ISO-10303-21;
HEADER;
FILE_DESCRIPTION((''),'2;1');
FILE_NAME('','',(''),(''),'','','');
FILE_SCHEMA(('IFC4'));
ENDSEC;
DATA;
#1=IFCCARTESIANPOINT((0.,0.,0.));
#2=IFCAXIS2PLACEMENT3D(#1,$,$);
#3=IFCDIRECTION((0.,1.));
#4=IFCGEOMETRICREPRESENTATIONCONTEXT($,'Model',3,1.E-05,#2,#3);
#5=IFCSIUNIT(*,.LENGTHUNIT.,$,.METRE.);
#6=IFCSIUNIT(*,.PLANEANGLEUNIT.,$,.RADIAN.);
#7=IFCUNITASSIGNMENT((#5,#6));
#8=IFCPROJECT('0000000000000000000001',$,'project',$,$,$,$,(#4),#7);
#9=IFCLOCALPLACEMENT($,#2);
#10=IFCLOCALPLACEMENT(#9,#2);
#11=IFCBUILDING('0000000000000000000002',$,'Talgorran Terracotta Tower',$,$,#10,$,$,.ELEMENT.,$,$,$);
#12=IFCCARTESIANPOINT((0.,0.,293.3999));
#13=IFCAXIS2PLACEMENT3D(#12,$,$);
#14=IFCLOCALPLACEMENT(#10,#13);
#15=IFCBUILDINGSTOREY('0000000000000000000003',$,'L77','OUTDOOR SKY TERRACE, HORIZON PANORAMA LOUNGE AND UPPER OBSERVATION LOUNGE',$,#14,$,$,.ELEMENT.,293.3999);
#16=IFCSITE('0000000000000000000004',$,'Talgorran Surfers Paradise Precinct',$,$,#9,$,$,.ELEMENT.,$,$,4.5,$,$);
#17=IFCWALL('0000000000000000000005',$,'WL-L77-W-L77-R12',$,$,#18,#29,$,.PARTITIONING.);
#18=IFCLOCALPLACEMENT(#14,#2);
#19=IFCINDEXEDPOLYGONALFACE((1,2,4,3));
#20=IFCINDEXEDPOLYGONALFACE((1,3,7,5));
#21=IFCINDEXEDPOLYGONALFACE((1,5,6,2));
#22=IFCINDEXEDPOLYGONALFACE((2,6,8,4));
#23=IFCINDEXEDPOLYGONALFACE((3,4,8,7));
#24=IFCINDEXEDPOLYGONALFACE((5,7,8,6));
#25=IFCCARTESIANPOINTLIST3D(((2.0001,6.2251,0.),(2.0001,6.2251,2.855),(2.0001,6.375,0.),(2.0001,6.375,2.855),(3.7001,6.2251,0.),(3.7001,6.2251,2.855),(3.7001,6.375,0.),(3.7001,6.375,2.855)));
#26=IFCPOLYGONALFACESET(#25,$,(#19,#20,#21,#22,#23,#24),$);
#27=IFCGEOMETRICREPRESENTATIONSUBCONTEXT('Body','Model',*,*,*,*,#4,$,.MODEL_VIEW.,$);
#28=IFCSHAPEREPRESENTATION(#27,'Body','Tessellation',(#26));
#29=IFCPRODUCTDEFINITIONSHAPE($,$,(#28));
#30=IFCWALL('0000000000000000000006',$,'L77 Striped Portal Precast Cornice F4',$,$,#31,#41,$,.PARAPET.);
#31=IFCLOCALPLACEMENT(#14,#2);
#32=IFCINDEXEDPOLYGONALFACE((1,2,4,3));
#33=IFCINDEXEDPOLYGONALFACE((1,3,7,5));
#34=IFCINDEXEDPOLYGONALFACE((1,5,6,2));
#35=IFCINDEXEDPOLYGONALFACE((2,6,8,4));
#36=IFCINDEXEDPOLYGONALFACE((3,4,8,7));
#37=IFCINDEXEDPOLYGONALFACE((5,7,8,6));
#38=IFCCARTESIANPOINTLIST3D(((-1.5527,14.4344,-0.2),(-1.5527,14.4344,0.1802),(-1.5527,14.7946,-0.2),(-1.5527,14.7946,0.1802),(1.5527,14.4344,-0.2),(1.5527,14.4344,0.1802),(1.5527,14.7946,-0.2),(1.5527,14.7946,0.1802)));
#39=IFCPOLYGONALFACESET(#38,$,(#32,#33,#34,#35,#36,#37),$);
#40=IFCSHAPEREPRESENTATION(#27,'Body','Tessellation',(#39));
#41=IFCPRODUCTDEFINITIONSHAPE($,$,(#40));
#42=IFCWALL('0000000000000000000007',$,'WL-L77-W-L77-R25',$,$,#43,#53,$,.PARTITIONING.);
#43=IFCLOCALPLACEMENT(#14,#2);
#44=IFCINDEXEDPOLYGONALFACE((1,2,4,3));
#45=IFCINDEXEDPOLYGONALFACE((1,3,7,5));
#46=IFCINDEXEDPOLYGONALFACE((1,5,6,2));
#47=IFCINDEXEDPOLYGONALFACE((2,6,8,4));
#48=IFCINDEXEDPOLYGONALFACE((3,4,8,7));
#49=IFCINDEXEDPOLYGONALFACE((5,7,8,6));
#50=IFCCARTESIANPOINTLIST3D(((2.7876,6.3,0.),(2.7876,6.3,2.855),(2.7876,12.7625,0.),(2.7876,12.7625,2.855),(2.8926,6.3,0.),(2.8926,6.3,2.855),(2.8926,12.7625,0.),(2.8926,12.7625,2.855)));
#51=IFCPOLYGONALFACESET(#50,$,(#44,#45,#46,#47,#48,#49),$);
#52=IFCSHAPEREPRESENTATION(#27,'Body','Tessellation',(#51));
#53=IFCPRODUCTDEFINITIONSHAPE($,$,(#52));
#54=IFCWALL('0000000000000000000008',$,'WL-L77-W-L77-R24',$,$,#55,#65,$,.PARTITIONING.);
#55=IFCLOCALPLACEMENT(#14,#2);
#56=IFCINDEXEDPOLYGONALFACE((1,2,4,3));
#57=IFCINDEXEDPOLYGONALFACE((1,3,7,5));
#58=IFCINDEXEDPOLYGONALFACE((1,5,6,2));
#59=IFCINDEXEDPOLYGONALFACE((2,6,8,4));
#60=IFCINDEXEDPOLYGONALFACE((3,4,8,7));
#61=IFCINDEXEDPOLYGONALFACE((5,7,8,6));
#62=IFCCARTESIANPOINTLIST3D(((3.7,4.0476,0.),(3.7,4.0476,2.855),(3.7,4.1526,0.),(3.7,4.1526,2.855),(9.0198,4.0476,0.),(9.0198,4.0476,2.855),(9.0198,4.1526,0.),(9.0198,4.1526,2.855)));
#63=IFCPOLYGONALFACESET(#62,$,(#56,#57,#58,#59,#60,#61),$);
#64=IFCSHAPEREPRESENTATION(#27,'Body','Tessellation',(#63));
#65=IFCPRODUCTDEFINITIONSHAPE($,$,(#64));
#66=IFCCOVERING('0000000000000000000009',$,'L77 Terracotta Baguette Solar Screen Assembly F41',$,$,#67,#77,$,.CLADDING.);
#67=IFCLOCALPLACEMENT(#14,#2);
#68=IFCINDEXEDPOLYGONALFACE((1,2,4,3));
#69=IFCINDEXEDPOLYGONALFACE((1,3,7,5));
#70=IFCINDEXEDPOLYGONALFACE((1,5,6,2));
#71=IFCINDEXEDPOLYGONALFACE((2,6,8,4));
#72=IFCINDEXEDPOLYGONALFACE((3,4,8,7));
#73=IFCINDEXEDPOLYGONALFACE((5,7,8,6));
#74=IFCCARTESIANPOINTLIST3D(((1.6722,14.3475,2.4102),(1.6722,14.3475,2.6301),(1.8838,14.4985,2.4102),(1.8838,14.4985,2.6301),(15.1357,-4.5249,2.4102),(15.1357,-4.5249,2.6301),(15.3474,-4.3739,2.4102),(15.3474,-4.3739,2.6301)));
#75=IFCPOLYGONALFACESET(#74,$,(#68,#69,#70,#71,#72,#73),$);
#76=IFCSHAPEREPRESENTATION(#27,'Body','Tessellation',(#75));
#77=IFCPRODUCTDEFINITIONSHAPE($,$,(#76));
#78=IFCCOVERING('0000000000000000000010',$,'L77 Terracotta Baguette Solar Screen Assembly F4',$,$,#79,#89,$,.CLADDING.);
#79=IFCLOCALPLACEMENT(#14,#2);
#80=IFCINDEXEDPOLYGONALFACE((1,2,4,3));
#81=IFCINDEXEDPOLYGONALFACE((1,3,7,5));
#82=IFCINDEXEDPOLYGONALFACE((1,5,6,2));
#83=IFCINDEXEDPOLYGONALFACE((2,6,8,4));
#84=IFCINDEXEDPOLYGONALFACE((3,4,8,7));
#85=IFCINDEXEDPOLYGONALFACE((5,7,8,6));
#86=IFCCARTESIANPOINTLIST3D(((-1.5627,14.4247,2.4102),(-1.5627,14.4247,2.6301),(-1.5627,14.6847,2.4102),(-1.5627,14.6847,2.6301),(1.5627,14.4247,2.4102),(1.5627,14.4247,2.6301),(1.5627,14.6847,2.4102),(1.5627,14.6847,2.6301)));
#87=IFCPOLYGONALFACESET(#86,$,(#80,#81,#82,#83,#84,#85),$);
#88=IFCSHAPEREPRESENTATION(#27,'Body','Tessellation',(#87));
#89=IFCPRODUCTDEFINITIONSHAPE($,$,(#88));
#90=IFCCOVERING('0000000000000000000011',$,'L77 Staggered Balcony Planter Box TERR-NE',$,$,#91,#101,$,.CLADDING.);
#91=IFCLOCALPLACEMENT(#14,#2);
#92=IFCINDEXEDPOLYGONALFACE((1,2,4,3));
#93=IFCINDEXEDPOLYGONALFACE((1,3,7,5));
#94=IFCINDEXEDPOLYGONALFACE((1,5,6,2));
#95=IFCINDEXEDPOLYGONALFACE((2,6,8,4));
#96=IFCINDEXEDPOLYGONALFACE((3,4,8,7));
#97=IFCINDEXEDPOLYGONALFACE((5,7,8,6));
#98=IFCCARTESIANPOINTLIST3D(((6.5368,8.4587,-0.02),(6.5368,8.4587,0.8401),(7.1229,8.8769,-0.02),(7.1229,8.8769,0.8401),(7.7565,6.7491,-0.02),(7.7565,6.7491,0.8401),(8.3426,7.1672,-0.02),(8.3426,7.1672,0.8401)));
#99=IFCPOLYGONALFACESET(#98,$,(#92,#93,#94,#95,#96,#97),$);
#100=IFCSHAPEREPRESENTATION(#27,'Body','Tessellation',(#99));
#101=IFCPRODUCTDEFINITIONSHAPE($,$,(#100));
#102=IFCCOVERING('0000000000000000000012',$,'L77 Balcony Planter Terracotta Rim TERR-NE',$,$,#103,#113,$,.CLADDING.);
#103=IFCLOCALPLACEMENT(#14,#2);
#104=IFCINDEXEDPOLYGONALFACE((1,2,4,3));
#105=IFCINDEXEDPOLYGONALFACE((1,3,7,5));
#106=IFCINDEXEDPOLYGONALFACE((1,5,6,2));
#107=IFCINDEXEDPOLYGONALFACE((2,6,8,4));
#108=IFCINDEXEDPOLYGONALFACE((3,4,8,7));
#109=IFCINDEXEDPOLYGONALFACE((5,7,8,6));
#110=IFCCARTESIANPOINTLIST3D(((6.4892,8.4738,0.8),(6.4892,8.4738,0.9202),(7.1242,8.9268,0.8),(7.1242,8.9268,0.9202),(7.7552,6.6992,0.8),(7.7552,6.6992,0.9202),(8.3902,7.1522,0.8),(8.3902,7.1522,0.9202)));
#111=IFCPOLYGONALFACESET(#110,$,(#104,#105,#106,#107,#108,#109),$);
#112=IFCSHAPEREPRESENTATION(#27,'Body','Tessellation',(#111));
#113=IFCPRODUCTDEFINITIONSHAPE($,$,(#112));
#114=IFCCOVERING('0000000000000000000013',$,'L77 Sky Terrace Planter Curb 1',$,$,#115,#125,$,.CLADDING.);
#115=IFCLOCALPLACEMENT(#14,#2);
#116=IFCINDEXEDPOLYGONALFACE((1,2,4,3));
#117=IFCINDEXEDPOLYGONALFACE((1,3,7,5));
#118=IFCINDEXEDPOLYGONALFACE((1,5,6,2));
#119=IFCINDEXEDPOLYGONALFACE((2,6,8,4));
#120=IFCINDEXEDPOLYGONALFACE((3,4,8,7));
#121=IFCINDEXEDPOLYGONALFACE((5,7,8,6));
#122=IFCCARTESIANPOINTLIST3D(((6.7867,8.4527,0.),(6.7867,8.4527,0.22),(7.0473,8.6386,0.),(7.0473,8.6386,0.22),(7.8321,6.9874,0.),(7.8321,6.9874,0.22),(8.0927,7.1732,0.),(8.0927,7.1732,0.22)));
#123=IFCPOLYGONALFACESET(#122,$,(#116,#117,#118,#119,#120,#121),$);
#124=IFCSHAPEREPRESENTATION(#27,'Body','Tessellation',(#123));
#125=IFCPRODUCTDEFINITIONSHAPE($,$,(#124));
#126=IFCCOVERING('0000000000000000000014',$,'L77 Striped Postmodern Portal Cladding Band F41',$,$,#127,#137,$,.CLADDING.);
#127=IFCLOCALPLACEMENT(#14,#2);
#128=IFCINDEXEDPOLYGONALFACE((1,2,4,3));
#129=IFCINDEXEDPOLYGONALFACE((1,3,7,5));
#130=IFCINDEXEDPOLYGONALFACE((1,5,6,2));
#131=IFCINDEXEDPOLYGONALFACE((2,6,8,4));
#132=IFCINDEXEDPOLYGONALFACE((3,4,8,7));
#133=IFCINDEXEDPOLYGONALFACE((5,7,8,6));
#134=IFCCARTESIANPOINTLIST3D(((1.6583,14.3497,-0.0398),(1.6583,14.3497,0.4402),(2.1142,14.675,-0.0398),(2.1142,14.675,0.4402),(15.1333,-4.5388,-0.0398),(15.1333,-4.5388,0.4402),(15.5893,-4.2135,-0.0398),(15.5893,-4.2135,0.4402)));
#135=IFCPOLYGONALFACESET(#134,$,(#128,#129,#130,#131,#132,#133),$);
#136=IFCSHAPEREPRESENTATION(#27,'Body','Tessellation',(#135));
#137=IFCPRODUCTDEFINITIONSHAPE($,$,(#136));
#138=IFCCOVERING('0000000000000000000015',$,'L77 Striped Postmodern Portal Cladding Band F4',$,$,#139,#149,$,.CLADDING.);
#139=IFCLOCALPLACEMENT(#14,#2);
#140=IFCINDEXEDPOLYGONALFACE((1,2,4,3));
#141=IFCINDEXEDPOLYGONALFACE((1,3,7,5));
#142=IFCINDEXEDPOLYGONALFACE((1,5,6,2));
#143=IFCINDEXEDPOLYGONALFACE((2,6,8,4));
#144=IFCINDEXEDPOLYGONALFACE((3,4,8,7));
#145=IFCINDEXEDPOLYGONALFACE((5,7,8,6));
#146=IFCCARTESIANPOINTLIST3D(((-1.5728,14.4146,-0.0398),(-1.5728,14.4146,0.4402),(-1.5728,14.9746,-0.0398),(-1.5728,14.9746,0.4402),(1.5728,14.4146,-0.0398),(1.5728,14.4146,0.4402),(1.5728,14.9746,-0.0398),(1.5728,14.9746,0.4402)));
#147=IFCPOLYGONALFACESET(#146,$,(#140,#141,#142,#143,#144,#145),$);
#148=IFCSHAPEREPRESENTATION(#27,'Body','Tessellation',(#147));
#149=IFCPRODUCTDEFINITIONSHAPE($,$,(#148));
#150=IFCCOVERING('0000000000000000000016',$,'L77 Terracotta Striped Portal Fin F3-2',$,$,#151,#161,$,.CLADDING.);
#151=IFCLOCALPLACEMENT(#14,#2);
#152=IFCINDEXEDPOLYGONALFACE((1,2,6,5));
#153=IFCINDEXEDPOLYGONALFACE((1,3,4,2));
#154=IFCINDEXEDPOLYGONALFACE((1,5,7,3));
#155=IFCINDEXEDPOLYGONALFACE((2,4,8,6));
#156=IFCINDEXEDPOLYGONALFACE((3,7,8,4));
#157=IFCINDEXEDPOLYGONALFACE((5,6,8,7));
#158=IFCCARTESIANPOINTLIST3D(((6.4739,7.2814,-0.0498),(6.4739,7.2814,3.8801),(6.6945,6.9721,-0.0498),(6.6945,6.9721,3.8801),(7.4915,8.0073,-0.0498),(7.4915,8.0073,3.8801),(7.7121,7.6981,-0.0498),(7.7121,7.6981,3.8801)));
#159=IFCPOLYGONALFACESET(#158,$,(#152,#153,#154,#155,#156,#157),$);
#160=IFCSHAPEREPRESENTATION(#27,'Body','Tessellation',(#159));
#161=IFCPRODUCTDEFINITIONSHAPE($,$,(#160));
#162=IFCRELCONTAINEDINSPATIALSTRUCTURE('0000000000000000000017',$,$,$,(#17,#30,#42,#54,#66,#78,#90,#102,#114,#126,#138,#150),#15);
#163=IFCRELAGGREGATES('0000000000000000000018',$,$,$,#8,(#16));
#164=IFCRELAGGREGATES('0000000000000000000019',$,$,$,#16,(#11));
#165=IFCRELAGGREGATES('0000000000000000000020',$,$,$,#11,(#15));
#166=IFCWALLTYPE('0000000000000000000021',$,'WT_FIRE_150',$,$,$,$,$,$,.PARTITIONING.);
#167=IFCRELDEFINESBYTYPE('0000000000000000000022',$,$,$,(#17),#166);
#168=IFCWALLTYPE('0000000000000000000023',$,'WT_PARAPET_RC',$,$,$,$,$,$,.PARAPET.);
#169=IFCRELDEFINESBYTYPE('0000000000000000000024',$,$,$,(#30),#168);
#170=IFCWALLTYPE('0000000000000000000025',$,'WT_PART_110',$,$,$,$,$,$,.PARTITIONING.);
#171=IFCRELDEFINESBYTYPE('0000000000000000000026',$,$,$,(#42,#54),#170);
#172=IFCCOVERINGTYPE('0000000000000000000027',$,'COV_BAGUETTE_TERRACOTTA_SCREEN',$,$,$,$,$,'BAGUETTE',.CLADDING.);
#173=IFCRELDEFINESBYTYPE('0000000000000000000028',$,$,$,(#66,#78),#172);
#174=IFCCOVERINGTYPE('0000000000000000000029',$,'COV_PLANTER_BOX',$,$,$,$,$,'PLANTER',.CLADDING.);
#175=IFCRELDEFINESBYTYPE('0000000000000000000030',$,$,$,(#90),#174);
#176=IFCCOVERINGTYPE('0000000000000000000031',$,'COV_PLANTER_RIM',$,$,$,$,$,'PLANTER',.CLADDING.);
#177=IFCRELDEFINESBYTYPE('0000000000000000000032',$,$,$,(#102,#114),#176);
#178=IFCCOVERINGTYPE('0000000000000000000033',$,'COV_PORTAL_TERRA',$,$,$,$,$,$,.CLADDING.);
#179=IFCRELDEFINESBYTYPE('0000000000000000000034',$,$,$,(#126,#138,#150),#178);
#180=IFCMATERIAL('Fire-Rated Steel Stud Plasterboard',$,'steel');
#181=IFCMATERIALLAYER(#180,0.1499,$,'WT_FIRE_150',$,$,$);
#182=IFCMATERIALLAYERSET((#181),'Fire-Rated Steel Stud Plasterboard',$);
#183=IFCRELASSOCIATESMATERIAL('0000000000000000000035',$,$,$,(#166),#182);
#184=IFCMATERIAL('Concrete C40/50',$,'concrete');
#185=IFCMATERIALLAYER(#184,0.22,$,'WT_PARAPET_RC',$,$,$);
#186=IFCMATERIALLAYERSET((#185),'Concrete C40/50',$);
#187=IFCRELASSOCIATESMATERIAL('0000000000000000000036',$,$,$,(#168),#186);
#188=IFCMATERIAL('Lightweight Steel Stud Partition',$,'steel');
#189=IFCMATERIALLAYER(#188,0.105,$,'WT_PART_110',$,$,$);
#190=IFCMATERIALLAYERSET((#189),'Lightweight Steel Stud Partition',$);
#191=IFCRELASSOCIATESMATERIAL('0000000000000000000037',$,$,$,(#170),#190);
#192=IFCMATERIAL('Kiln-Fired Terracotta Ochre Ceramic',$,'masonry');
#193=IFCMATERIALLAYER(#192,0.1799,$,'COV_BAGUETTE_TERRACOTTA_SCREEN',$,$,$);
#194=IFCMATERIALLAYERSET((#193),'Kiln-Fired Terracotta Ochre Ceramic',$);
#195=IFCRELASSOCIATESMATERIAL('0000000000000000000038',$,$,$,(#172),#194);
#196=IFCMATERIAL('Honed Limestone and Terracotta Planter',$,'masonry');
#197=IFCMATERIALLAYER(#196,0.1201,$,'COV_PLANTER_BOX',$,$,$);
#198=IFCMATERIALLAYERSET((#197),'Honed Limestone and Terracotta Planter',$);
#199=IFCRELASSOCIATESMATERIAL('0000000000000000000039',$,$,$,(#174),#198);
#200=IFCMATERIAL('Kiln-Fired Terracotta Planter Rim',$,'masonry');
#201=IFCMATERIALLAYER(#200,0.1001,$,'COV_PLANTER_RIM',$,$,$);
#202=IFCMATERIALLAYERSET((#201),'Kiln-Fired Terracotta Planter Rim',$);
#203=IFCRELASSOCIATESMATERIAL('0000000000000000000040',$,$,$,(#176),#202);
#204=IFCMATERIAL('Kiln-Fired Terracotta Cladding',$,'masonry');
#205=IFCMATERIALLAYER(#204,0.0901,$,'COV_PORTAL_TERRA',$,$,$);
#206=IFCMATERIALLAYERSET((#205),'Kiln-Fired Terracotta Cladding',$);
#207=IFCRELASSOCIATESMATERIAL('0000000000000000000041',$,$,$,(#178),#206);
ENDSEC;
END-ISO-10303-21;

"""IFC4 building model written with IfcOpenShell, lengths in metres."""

from ifc_helpers import new_model, si_unit, direction, frame, frame_2d, origin, origin_2d, place, context, subcontext, project, spatial, rectangle, extrude, material, layer, layer_set, type_object, element, save


model = new_model("IFC4")

# Units and contexts
model_context = context("Model", 3, precision=1e-05, world=origin(), true_north=direction((0.0, 1.0)))
body_context = subcontext(model_context, "Body", "Model", "MODEL_VIEW")
ifc_project = project(units=[si_unit("LENGTHUNIT", "METRE"), si_unit("PLANEANGLEUNIT", "RADIAN")], contexts=[model_context])

# Site, building, storey
site_placement = place(None, origin())
site = spatial("IfcSite", under=ifc_project, at=site_placement, Name="Talgorran Surfers Paradise Precinct", CompositionType="ELEMENT", RefElevation=4.5)
building_placement = place(site_placement, origin())
building = spatial("IfcBuilding", under=site, at=building_placement, Name="Talgorran Terracotta Tower", CompositionType="ELEMENT")
storey_placement = place(building_placement, frame((0.0, 0.0, 293.3999)))
storey = spatial("IfcBuildingStorey", under=building, at=storey_placement, Name="L77", Description="OUTDOOR SKY TERRACE, HORIZON PANORAMA LOUNGE AND UPPER OBSERVATION LOUNGE", CompositionType="ELEMENT", Elevation=293.3999)

# Shared definitions
ifc_material_1 = material(Name="Fire-Rated Steel Stud Plasterboard", Category="steel")
ifc_layer_1 = layer(ifc_material_1, 0.1499, Name="WT_FIRE_150")
ifc_layer_set_1 = layer_set([ifc_layer_1], Name="Fire-Rated Steel Stud Plasterboard")
wall_type_1 = type_object("IfcWallType", Name="WT_FIRE_150", PredefinedType="PARTITIONING", material=ifc_layer_set_1)

# Walls
wall_1_placement = place(storey_placement, frame((2.0, 6.3, 0.0), z_axis=(0.0, 0.0, 1.0), x_axis=(1.0, 0.0, 0.0)))
element("IfcWall", 1, at=wall_1_placement, inside=storey, type_object=wall_type_1, Name="WL-L77-W-L77-R12", PredefinedType="PARTITIONING", context=body_context, shape_type="SweptSolid", body=[
    extrude(rectangle(XDim=1.7, YDim=0.1499, at=frame_2d((0.8501, 0.0))), origin(), (0.0, 0.0, 1.0), 2.855),
])
ifc_material_2 = material(Name="Concrete C40/50", Category="concrete")
ifc_layer_2 = layer(ifc_material_2, 0.22, Name="WT_PARAPET_RC")
ifc_layer_set_2 = layer_set([ifc_layer_2], Name="Concrete C40/50")
wall_type_2 = type_object("IfcWallType", Name="WT_PARAPET_RC", PredefinedType="PARAPET", material=ifc_layer_set_2)
wall_2_placement = place(storey_placement, frame((1.5527, 14.6145, -0.2), z_axis=(0.0, 0.0, 1.0), x_axis=(-1.0, 0.0, 0.0)))
element("IfcWall", 2, at=wall_2_placement, inside=storey, type_object=wall_type_2, Name="L77 Striped Portal Precast Cornice F4", PredefinedType="PARAPET", context=body_context, shape_type="SweptSolid", body=[
    extrude(rectangle(XDim=3.1055, YDim=0.3601, at=frame_2d((1.5527, 0.0))), origin(), (0.0, 0.0, 1.0), 0.3801),
])
ifc_material_3 = material(Name="Lightweight Steel Stud Partition", Category="steel")
ifc_layer_3 = layer(ifc_material_3, 0.105, Name="WT_PART_110")
ifc_layer_set_3 = layer_set([ifc_layer_3], Name="Lightweight Steel Stud Partition")
wall_type_3 = type_object("IfcWallType", Name="WT_PART_110", PredefinedType="PARTITIONING", material=ifc_layer_set_3)
wall_3_placement = place(storey_placement, frame((2.8401, 6.3, 0.0), z_axis=(0.0, 0.0, 1.0), x_axis=(0.0, 1.0, 0.0)))
element("IfcWall", 3, at=wall_3_placement, inside=storey, type_object=wall_type_3, Name="WL-L77-W-L77-R25", PredefinedType="PARTITIONING", context=body_context, shape_type="SweptSolid", body=[
    extrude(rectangle(XDim=6.4624, YDim=0.105, at=frame_2d((3.2312, 0.0))), origin(), (0.0, 0.0, 1.0), 2.855),
])
wall_4_placement = place(storey_placement, frame((3.7, 4.1001, 0.0), z_axis=(0.0, 0.0, 1.0), x_axis=(1.0, 0.0, 0.0)))
element("IfcWall", 4, at=wall_4_placement, inside=storey, type_object=wall_type_3, Name="WL-L77-W-L77-R24", PredefinedType="PARTITIONING", context=body_context, shape_type="SweptSolid", body=[
    extrude(rectangle(XDim=5.3198, YDim=0.105, at=frame_2d((2.6599, 0.0))), origin(), (0.0, 0.0, 1.0), 2.855),
])

# Coverings
ifc_material_4 = material(Name="Kiln-Fired Terracotta Ochre Ceramic", Category="masonry")
ifc_layer_4 = layer(ifc_material_4, 0.1799, Name="COV_BAGUETTE_TERRACOTTA_SCREEN")
ifc_layer_set_4 = layer_set([ifc_layer_4], Name="Kiln-Fired Terracotta Ochre Ceramic")
covering_type_1 = type_object("IfcCoveringType", Name="COV_BAGUETTE_TERRACOTTA_SCREEN", ElementType="BAGUETTE", PredefinedType="CLADDING", material=ifc_layer_set_4)
covering_1_placement = place(storey_placement, frame((8.5098, 4.9868, 2.4102), z_axis=(0.0, 0.0, 1.0), x_axis=(-0.58076, 0.814075, 0.0)))
element("IfcCovering", 5, at=covering_1_placement, inside=storey, type_object=covering_type_1, Name="L77 Terracotta Baguette Solar Screen Assembly F41", PredefinedType="CLADDING", context=body_context, shape_type="SweptSolid", body=[
    extrude(rectangle(XDim=23.1826, YDim=0.26, at=origin_2d()), origin(), (0.0, 0.0, 1.0), 0.22),
])
covering_2_placement = place(storey_placement, frame((0.0, 14.5547, 2.4102), z_axis=(0.0, 0.0, 1.0), x_axis=(-1.0, 0.0, 0.0)))
element("IfcCovering", 6, at=covering_2_placement, inside=storey, type_object=covering_type_1, Name="L77 Terracotta Baguette Solar Screen Assembly F4", PredefinedType="CLADDING", context=body_context, shape_type="SweptSolid", body=[
    extrude(rectangle(XDim=3.1255, YDim=0.26, at=origin_2d()), origin(), (0.0, 0.0, 1.0), 0.22),
])
ifc_material_5 = material(Name="Honed Limestone and Terracotta Planter", Category="masonry")
ifc_layer_5 = layer(ifc_material_5, 0.1201, Name="COV_PLANTER_BOX")
ifc_layer_set_5 = layer_set([ifc_layer_5], Name="Honed Limestone and Terracotta Planter")
covering_type_2 = type_object("IfcCoveringType", Name="COV_PLANTER_BOX", ElementType="PLANTER", PredefinedType="CLADDING", material=ifc_layer_set_5)
covering_3_placement = place(storey_placement, frame((7.4397, 7.813, -0.02), z_axis=(0.0, 0.0, 1.0), x_axis=(-0.58076, 0.814075, 0.0)))
element("IfcCovering", 7, at=covering_3_placement, inside=storey, type_object=covering_type_2, Name="L77 Staggered Balcony Planter Box TERR-NE", PredefinedType="CLADDING", context=body_context, shape_type="SweptSolid", body=[
    extrude(rectangle(XDim=2.1001, YDim=0.72, at=origin_2d()), origin(), (0.0, 0.0, 1.0), 0.8601),
])
ifc_material_6 = material(Name="Kiln-Fired Terracotta Planter Rim", Category="masonry")
ifc_layer_6 = layer(ifc_material_6, 0.1001, Name="COV_PLANTER_RIM")
ifc_layer_set_6 = layer_set([ifc_layer_6], Name="Kiln-Fired Terracotta Planter Rim")
covering_type_3 = type_object("IfcCoveringType", Name="COV_PLANTER_RIM", ElementType="PLANTER", PredefinedType="CLADDING", material=ifc_layer_set_6)
covering_4_placement = place(storey_placement, frame((7.4397, 7.813, 0.8), z_axis=(0.0, 0.0, 1.0), x_axis=(-0.58076, 0.814075, 0.0)))
element("IfcCovering", 8, at=covering_4_placement, inside=storey, type_object=covering_type_3, Name="L77 Balcony Planter Terracotta Rim TERR-NE", PredefinedType="CLADDING", context=body_context, shape_type="SweptSolid", body=[
    extrude(rectangle(XDim=2.1799, YDim=0.78, at=origin_2d()), origin(), (0.0, 0.0, 1.0), 0.1201),
])
covering_5_placement = place(storey_placement, frame((7.4397, 7.813, 0.0), z_axis=(0.0, 0.0, 1.0), x_axis=(-0.58076, 0.814075, 0.0)))
element("IfcCovering", 9, at=covering_5_placement, inside=storey, type_object=covering_type_3, Name="L77 Sky Terrace Planter Curb 1", PredefinedType="CLADDING", context=body_context, shape_type="SweptSolid", body=[
    extrude(rectangle(XDim=1.8, YDim=0.3201, at=origin_2d()), origin(), (0.0, 0.0, 1.0), 0.22),
])
ifc_material_7 = material(Name="Kiln-Fired Terracotta Cladding", Category="masonry")
ifc_layer_7 = layer(ifc_material_7, 0.0901, Name="COV_PORTAL_TERRA")
ifc_layer_set_7 = layer_set([ifc_layer_7], Name="Kiln-Fired Terracotta Cladding")
covering_type_4 = type_object("IfcCoveringType", Name="COV_PORTAL_TERRA", PredefinedType="CLADDING", material=ifc_layer_set_7)
covering_6_placement = place(storey_placement, frame((8.6238, 5.0681, -0.0398), z_axis=(0.0, 0.0, 1.0), x_axis=(-0.58076, 0.814075, 0.0)))
element("IfcCovering", 10, at=covering_6_placement, inside=storey, type_object=covering_type_4, Name="L77 Striped Postmodern Portal Cladding Band F41", PredefinedType="CLADDING", context=body_context, shape_type="SweptSolid", body=[
    extrude(rectangle(XDim=23.2024, YDim=0.5601, at=origin_2d()), origin(), (0.0, 0.0, 1.0), 0.48),
])
covering_7_placement = place(storey_placement, frame((0.0, 14.6946, -0.0398), z_axis=(0.0, 0.0, 1.0), x_axis=(-1.0, 0.0, 0.0)))
element("IfcCovering", 11, at=covering_7_placement, inside=storey, type_object=covering_type_4, Name="L77 Striped Postmodern Portal Cladding Band F4", PredefinedType="CLADDING", context=body_context, shape_type="SweptSolid", body=[
    extrude(rectangle(XDim=3.1455, YDim=0.5601, at=origin_2d()), origin(), (0.0, 0.0, 1.0), 0.48),
])
covering_8_placement = place(storey_placement, frame((7.093, 7.4897, -0.0498), z_axis=(0.0, 0.0, 1.0), x_axis=(-0.58076, 0.814075, 0.0)))
element("IfcCovering", 12, at=covering_8_placement, inside=storey, type_object=covering_type_4, Name="L77 Terracotta Striped Portal Fin F3-2", PredefinedType="CLADDING", context=body_context, shape_type="SweptSolid", body=[
    extrude(rectangle(XDim=0.3799, YDim=1.25, at=origin_2d()), origin(), (0.0, 0.0, 1.0), 3.9299),
])

save(model, "model.ifc")
